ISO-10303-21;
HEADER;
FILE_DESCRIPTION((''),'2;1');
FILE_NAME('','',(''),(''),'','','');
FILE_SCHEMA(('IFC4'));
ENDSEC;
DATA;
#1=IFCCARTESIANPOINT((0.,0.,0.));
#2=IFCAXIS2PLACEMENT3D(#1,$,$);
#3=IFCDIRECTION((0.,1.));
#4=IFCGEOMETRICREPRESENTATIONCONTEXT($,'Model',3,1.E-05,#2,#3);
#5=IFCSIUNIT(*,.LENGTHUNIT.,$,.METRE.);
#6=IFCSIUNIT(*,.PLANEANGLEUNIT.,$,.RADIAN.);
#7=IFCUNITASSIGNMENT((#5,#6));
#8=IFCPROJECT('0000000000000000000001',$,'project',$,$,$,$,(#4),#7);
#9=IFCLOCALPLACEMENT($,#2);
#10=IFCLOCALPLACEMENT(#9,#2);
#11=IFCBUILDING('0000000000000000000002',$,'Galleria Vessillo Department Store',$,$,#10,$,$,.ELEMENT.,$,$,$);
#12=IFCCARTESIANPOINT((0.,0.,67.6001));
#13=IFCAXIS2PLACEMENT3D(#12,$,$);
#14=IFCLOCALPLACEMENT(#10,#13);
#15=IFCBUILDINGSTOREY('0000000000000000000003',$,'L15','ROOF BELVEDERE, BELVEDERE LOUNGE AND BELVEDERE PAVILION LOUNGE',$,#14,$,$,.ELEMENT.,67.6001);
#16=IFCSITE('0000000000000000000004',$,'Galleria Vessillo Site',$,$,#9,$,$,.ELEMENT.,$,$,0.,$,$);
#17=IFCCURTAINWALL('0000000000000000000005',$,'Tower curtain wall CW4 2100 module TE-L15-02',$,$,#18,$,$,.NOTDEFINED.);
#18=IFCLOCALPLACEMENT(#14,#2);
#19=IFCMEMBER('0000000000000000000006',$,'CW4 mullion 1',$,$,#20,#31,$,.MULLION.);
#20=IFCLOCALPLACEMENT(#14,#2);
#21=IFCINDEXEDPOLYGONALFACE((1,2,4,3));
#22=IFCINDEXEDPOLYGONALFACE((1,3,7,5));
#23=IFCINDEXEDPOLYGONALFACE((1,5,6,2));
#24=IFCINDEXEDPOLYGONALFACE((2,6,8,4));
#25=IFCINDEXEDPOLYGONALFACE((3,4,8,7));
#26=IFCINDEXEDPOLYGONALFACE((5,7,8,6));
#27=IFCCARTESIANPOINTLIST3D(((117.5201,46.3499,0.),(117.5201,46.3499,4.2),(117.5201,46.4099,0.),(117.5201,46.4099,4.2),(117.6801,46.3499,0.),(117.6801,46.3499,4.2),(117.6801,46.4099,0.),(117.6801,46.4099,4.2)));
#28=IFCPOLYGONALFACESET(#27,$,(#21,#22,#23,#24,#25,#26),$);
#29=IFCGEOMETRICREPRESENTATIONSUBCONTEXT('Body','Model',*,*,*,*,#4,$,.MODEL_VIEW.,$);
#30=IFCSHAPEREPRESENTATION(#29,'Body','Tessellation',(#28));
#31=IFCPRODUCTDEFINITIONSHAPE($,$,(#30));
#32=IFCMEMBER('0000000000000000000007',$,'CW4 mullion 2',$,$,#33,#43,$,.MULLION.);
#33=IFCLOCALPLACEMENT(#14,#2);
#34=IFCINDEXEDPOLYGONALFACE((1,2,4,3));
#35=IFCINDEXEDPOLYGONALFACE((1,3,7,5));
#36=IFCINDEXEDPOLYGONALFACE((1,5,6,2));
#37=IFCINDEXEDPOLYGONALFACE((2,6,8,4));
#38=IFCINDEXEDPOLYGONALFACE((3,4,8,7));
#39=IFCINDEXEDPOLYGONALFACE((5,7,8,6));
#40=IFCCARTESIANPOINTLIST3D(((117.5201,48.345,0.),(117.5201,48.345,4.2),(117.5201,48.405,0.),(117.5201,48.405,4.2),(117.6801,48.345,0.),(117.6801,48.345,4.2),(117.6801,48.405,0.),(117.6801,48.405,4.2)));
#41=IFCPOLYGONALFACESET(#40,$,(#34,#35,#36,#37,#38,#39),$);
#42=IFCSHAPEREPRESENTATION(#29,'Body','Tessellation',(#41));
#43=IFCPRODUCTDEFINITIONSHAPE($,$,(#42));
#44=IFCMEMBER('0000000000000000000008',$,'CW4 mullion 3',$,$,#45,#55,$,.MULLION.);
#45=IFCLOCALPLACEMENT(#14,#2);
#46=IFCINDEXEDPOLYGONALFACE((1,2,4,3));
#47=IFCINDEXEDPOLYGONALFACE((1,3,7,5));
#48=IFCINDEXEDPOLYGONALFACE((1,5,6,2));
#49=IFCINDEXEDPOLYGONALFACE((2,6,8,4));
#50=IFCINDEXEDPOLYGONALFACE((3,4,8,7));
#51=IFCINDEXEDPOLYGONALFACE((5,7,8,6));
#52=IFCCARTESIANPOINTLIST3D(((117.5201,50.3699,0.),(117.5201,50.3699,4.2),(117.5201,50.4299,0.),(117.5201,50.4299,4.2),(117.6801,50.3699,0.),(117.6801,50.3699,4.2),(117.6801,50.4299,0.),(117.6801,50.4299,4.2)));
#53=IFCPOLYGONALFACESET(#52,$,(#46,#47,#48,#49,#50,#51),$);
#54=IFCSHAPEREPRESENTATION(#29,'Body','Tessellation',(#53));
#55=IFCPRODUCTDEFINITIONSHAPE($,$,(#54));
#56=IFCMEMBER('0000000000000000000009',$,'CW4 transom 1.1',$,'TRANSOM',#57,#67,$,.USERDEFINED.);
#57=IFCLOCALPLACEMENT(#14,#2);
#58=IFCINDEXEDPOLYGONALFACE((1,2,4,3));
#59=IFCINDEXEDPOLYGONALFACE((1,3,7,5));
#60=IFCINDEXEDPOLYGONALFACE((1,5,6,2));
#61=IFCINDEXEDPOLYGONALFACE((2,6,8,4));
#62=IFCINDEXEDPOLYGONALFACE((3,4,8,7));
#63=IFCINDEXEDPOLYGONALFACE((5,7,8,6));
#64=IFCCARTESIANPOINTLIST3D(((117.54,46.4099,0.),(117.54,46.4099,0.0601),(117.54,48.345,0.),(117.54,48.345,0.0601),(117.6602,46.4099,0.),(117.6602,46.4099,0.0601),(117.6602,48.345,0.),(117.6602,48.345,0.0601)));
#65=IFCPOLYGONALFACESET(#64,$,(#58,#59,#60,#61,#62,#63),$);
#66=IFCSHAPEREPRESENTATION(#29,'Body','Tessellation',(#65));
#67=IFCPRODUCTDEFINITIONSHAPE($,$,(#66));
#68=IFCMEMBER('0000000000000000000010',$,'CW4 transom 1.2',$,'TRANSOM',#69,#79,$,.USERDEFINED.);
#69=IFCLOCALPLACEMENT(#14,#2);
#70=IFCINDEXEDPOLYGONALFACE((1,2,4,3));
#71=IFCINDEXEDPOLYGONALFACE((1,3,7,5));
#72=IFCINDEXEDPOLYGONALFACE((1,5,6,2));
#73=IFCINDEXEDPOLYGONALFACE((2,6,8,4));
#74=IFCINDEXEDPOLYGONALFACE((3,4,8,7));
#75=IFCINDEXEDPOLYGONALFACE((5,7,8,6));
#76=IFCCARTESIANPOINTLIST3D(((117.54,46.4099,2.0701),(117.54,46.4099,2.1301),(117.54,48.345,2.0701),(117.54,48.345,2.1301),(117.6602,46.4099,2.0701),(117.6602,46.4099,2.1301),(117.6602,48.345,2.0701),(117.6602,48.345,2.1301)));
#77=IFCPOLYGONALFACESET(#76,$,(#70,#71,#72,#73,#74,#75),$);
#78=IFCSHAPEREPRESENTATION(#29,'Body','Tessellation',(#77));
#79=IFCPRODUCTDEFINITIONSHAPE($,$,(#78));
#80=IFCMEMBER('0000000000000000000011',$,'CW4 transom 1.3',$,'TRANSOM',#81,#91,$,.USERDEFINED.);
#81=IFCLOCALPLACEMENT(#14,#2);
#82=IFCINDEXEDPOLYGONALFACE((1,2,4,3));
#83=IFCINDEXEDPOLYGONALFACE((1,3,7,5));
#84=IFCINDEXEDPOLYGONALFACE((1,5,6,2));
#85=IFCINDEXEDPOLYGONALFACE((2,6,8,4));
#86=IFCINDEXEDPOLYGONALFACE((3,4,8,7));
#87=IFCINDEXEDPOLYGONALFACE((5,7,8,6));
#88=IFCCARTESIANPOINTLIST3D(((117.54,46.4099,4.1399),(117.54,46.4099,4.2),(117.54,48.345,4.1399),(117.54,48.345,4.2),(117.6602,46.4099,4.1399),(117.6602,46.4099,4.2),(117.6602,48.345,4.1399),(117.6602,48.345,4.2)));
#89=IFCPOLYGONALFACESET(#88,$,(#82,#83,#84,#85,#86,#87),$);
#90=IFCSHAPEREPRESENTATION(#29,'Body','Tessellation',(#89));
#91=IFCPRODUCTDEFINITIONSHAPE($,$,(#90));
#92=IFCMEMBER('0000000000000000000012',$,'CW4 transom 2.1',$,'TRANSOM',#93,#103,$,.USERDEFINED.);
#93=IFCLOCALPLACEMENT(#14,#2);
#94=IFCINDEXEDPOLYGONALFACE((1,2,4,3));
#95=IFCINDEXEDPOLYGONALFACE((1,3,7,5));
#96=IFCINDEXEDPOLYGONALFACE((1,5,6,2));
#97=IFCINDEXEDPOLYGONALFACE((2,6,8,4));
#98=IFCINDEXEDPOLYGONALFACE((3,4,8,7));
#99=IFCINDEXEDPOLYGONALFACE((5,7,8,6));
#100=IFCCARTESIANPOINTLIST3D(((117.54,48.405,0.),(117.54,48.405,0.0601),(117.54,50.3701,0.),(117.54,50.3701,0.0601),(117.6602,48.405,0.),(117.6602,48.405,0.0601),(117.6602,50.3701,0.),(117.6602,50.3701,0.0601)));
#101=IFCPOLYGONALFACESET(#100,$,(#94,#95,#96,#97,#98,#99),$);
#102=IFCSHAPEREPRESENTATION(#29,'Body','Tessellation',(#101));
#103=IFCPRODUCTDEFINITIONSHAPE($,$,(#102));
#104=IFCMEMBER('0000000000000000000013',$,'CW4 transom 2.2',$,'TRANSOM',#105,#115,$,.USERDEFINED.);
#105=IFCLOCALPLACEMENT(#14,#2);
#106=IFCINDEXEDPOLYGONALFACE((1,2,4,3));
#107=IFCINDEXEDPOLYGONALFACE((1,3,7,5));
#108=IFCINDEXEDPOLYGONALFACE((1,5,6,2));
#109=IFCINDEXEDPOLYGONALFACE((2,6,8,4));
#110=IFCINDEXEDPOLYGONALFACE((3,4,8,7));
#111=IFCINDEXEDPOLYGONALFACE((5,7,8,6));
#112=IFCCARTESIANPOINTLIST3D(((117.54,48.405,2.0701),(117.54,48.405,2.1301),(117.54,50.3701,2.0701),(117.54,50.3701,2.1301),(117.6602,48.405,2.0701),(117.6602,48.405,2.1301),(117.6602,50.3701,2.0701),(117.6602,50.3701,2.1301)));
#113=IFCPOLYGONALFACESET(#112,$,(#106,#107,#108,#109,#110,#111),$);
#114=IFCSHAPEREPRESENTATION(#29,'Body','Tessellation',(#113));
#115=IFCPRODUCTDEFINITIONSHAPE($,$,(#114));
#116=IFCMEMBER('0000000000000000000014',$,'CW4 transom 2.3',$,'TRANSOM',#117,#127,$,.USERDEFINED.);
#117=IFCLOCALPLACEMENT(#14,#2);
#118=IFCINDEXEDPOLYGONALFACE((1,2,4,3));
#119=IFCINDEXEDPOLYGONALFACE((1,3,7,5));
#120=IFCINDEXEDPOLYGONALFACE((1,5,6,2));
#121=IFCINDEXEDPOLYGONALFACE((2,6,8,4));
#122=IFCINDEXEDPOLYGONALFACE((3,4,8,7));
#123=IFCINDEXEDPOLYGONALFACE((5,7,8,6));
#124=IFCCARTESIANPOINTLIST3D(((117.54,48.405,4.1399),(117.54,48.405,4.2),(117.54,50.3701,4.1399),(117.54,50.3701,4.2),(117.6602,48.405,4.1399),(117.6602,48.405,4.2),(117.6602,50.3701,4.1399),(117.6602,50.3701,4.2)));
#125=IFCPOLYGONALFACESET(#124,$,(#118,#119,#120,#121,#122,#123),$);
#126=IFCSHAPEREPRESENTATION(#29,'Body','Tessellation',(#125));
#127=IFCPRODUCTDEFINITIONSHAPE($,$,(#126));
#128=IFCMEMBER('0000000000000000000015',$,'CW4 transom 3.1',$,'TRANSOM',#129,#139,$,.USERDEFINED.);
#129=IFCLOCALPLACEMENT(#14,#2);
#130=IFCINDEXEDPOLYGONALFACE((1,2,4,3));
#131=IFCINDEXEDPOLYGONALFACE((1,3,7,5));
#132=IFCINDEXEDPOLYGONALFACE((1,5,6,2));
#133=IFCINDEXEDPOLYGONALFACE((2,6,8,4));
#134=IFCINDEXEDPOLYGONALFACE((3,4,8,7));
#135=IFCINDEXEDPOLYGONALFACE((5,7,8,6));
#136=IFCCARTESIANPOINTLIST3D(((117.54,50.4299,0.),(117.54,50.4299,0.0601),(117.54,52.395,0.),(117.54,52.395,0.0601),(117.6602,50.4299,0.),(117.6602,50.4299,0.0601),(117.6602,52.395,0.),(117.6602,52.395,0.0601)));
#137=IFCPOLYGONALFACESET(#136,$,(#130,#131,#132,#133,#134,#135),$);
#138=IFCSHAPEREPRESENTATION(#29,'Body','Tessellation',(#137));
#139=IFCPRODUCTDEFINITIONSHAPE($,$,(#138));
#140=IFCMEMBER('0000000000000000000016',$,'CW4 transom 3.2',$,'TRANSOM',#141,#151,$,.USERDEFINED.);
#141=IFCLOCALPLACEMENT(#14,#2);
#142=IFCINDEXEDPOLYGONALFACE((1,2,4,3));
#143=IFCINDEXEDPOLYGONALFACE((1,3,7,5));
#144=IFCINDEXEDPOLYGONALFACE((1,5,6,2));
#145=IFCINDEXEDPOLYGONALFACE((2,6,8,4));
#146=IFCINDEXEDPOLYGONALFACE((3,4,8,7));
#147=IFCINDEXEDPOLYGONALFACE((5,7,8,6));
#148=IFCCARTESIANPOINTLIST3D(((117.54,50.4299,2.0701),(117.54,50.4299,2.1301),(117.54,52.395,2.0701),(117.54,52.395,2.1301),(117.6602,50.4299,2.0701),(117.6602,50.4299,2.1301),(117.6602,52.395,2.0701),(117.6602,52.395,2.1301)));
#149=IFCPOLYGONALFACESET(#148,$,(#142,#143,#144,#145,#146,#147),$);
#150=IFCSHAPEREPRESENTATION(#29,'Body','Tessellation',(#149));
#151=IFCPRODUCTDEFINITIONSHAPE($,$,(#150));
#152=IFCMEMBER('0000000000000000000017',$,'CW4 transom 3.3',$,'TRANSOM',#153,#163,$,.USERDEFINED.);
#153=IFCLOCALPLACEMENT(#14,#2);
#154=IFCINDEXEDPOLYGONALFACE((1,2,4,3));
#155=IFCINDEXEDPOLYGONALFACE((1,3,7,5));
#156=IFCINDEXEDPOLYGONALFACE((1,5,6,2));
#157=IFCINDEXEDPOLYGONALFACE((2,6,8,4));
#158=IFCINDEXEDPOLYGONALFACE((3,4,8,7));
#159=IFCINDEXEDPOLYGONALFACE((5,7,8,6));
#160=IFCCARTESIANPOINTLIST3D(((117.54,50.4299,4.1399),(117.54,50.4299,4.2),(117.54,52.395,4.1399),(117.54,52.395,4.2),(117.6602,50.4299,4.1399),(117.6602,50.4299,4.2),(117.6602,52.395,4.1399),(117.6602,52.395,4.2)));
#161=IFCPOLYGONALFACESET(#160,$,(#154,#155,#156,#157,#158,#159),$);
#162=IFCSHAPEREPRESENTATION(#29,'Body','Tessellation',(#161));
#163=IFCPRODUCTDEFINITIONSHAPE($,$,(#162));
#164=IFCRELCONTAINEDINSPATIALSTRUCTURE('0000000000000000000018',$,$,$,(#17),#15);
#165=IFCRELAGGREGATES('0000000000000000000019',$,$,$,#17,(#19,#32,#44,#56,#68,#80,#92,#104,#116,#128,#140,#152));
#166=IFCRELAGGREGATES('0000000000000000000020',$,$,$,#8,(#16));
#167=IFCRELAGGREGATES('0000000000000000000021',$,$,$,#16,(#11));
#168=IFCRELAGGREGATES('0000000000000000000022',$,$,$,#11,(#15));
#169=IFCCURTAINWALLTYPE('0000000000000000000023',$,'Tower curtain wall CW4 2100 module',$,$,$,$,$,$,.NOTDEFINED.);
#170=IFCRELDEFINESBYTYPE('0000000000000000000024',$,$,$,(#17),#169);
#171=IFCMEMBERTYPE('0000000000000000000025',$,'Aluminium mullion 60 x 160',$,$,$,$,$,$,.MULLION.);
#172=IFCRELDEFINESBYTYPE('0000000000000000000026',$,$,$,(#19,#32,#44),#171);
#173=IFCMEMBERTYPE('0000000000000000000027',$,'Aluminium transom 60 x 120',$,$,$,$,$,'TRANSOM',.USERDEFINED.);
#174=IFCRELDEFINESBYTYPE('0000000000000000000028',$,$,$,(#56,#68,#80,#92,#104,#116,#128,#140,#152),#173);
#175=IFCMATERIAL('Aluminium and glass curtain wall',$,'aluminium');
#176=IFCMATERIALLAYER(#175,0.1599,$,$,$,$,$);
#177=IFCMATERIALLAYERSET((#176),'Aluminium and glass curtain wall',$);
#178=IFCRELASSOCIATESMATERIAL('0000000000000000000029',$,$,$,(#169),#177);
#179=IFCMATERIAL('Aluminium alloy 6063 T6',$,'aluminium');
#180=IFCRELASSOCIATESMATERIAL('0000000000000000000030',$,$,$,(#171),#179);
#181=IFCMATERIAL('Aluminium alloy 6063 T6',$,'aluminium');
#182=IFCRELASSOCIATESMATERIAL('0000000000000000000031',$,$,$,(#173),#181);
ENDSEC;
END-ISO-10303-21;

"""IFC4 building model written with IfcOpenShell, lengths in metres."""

from ifc_helpers import new_model, si_unit, direction, frame, origin, origin_2d, place, context, subcontext, project, spatial, rectangle, extrude, material, layer, layer_set, material_profile, profile_set, type_object, element, aggregate, save


model = new_model("IFC4")

# Units and contexts
model_context = context("Model", 3, precision=1e-05, world=origin(), true_north=direction((0.0, 1.0)))
body_context = subcontext(model_context, "Body", "Model", "MODEL_VIEW")
ifc_project = project(units=[si_unit("LENGTHUNIT", "METRE"), si_unit("PLANEANGLEUNIT", "RADIAN")], contexts=[model_context])

# Site, building, storey
site_placement = place(None, origin())
site = spatial("IfcSite", under=ifc_project, at=site_placement, Name="Galleria Vessillo Site", CompositionType="ELEMENT", RefElevation=0.0)
building_placement = place(site_placement, origin())
building = spatial("IfcBuilding", under=site, at=building_placement, Name="Galleria Vessillo Department Store", CompositionType="ELEMENT")
storey_placement = place(building_placement, frame((0.0, 0.0, 67.6001)))
storey = spatial("IfcBuildingStorey", under=building, at=storey_placement, Name="L15", Description="ROOF BELVEDERE, BELVEDERE LOUNGE AND BELVEDERE PAVILION LOUNGE", CompositionType="ELEMENT", Elevation=67.6001)

# Curtain wall, members
ifc_material_1 = material(Name="Aluminium and glass curtain wall", Category="aluminium")
ifc_layer_1 = layer(ifc_material_1, 0.1599)
ifc_layer_set_1 = layer_set([ifc_layer_1], Name="Aluminium and glass curtain wall")
curtain_wall_type = type_object("IfcCurtainWallType", Name="Tower curtain wall CW4 2100 module", PredefinedType="NOTDEFINED", material=ifc_layer_set_1)
curtain_wall_placement = place(storey_placement, origin())
curtain_wall = element("IfcCurtainWall", 1, at=curtain_wall_placement, inside=storey, type_object=curtain_wall_type, Name="Tower curtain wall CW4 2100 module TE-L15-02", PredefinedType="NOTDEFINED")
ifc_material_2 = material(Name="Aluminium alloy 6063 T6", Category="aluminium")
ifc_material_profile_1 = material_profile(ifc_material_2, rectangle(XDim=0.1599, YDim=0.0601, at=origin_2d()), Name="AL 60x160")
ifc_profile_set_1 = profile_set([ifc_material_profile_1], Name="Aluminium alloy 6063 T6")
member_type_1 = type_object("IfcMemberType", Name="Aluminium mullion 60 x 160", PredefinedType="MULLION", material=ifc_profile_set_1)
member_1_placement = place(storey_placement, frame((117.6001, 46.3799, 0.0), z_axis=(0.0, 0.0, 1.0), x_axis=(-1.0, 0.0, 0.0)))
member_1 = element("IfcMember", 2, at=member_1_placement, type_object=member_type_1, Name="CW4 mullion 1", PredefinedType="MULLION", context=body_context, shape_type="SweptSolid", body=[
    extrude(rectangle(XDim=0.1599, YDim=0.0601, at=origin_2d()), origin(), (0.0, 0.0, 1.0), 4.2),
])
member_2_placement = place(storey_placement, frame((117.6001, 48.375, 0.0), z_axis=(0.0, 0.0, 1.0), x_axis=(-1.0, 0.0, 0.0)))
member_2 = element("IfcMember", 3, at=member_2_placement, type_object=member_type_1, Name="CW4 mullion 2", PredefinedType="MULLION", context=body_context, shape_type="SweptSolid", body=[
    extrude(rectangle(XDim=0.1599, YDim=0.0601, at=origin_2d()), origin(), (0.0, 0.0, 1.0), 4.2),
])
member_3_placement = place(storey_placement, frame((117.6001, 50.3999, 0.0), z_axis=(0.0, 0.0, 1.0), x_axis=(-1.0, 0.0, 0.0)))
member_3 = element("IfcMember", 4, at=member_3_placement, type_object=member_type_1, Name="CW4 mullion 3", PredefinedType="MULLION", context=body_context, shape_type="SweptSolid", body=[
    extrude(rectangle(XDim=0.1599, YDim=0.0601, at=origin_2d()), origin(), (0.0, 0.0, 1.0), 4.2),
])
ifc_material_3 = material(Name="Aluminium alloy 6063 T6", Category="aluminium")
ifc_material_profile_2 = material_profile(ifc_material_3, rectangle(XDim=0.1201, YDim=0.0601, at=origin_2d()), Name="AL 60x120")
ifc_profile_set_2 = profile_set([ifc_material_profile_2], Name="Aluminium alloy 6063 T6")
member_type_2 = type_object("IfcMemberType", Name="Aluminium transom 60 x 120", ElementType="TRANSOM", PredefinedType="USERDEFINED", material=ifc_profile_set_2)
member_4_placement = place(storey_placement, frame((117.6001, 46.4099, 0.03), z_axis=(0.0, 1.0, 0.0), x_axis=(-1.0, 0.0, 0.0)))
member_4 = element("IfcMember", 5, at=member_4_placement, type_object=member_type_2, Name="CW4 transom 1.1", ObjectType="TRANSOM", PredefinedType="USERDEFINED", context=body_context, shape_type="SweptSolid", body=[
    extrude(rectangle(XDim=0.1201, YDim=0.0601, at=origin_2d()), origin(), (0.0, 0.0, 1.0), 1.9351),
])
member_5_placement = place(storey_placement, frame((117.6001, 46.4099, 2.1001), z_axis=(0.0, 1.0, 0.0), x_axis=(-1.0, 0.0, 0.0)))
member_5 = element("IfcMember", 6, at=member_5_placement, type_object=member_type_2, Name="CW4 transom 1.2", ObjectType="TRANSOM", PredefinedType="USERDEFINED", context=body_context, shape_type="SweptSolid", body=[
    extrude(rectangle(XDim=0.1201, YDim=0.0601, at=origin_2d()), origin(), (0.0, 0.0, 1.0), 1.9351),
])
member_6_placement = place(storey_placement, frame((117.6001, 46.4099, 4.1699), z_axis=(0.0, 1.0, 0.0), x_axis=(-1.0, 0.0, 0.0)))
member_6 = element("IfcMember", 7, at=member_6_placement, type_object=member_type_2, Name="CW4 transom 1.3", ObjectType="TRANSOM", PredefinedType="USERDEFINED", context=body_context, shape_type="SweptSolid", body=[
    extrude(rectangle(XDim=0.1201, YDim=0.0601, at=origin_2d()), origin(), (0.0, 0.0, 1.0), 1.9351),
])
member_7_placement = place(storey_placement, frame((117.6001, 48.405, 0.03), z_axis=(0.0, 1.0, 0.0), x_axis=(-1.0, 0.0, 0.0)))
member_7 = element("IfcMember", 8, at=member_7_placement, type_object=member_type_2, Name="CW4 transom 2.1", ObjectType="TRANSOM", PredefinedType="USERDEFINED", context=body_context, shape_type="SweptSolid", body=[
    extrude(rectangle(XDim=0.1201, YDim=0.0601, at=origin_2d()), origin(), (0.0, 0.0, 1.0), 1.9651),
])
member_8_placement = place(storey_placement, frame((117.6001, 48.405, 2.1001), z_axis=(0.0, 1.0, 0.0), x_axis=(-1.0, 0.0, 0.0)))
member_8 = element("IfcMember", 9, at=member_8_placement, type_object=member_type_2, Name="CW4 transom 2.2", ObjectType="TRANSOM", PredefinedType="USERDEFINED", context=body_context, shape_type="SweptSolid", body=[
    extrude(rectangle(XDim=0.1201, YDim=0.0601, at=origin_2d()), origin(), (0.0, 0.0, 1.0), 1.9651),
])
member_9_placement = place(storey_placement, frame((117.6001, 48.405, 4.1699), z_axis=(0.0, 1.0, 0.0), x_axis=(-1.0, 0.0, 0.0)))
member_9 = element("IfcMember", 10, at=member_9_placement, type_object=member_type_2, Name="CW4 transom 2.3", ObjectType="TRANSOM", PredefinedType="USERDEFINED", context=body_context, shape_type="SweptSolid", body=[
    extrude(rectangle(XDim=0.1201, YDim=0.0601, at=origin_2d()), origin(), (0.0, 0.0, 1.0), 1.9651),
])
member_10_placement = place(storey_placement, frame((117.6001, 50.4299, 0.03), z_axis=(0.0, 1.0, 0.0), x_axis=(-1.0, 0.0, 0.0)))
member_10 = element("IfcMember", 11, at=member_10_placement, type_object=member_type_2, Name="CW4 transom 3.1", ObjectType="TRANSOM", PredefinedType="USERDEFINED", context=body_context, shape_type="SweptSolid", body=[
    extrude(rectangle(XDim=0.1201, YDim=0.0601, at=origin_2d()), origin(), (0.0, 0.0, 1.0), 1.9651),
])
member_11_placement = place(storey_placement, frame((117.6001, 50.4299, 2.1001), z_axis=(0.0, 1.0, 0.0), x_axis=(-1.0, 0.0, 0.0)))
member_11 = element("IfcMember", 12, at=member_11_placement, type_object=member_type_2, Name="CW4 transom 3.2", ObjectType="TRANSOM", PredefinedType="USERDEFINED", context=body_context, shape_type="SweptSolid", body=[
    extrude(rectangle(XDim=0.1201, YDim=0.0601, at=origin_2d()), origin(), (0.0, 0.0, 1.0), 1.9651),
])
member_12_placement = place(storey_placement, frame((117.6001, 50.4299, 4.1699), z_axis=(0.0, 1.0, 0.0), x_axis=(-1.0, 0.0, 0.0)))
member_12 = element("IfcMember", 13, at=member_12_placement, type_object=member_type_2, Name="CW4 transom 3.3", ObjectType="TRANSOM", PredefinedType="USERDEFINED", context=body_context, shape_type="SweptSolid", body=[
    extrude(rectangle(XDim=0.1201, YDim=0.0601, at=origin_2d()), origin(), (0.0, 0.0, 1.0), 1.9651),
])

aggregate(curtain_wall, [member_1, member_2, member_3, member_4, member_5, member_6, member_7, member_8, member_9, member_10, member_11, member_12])

save(model, "model.ifc")
